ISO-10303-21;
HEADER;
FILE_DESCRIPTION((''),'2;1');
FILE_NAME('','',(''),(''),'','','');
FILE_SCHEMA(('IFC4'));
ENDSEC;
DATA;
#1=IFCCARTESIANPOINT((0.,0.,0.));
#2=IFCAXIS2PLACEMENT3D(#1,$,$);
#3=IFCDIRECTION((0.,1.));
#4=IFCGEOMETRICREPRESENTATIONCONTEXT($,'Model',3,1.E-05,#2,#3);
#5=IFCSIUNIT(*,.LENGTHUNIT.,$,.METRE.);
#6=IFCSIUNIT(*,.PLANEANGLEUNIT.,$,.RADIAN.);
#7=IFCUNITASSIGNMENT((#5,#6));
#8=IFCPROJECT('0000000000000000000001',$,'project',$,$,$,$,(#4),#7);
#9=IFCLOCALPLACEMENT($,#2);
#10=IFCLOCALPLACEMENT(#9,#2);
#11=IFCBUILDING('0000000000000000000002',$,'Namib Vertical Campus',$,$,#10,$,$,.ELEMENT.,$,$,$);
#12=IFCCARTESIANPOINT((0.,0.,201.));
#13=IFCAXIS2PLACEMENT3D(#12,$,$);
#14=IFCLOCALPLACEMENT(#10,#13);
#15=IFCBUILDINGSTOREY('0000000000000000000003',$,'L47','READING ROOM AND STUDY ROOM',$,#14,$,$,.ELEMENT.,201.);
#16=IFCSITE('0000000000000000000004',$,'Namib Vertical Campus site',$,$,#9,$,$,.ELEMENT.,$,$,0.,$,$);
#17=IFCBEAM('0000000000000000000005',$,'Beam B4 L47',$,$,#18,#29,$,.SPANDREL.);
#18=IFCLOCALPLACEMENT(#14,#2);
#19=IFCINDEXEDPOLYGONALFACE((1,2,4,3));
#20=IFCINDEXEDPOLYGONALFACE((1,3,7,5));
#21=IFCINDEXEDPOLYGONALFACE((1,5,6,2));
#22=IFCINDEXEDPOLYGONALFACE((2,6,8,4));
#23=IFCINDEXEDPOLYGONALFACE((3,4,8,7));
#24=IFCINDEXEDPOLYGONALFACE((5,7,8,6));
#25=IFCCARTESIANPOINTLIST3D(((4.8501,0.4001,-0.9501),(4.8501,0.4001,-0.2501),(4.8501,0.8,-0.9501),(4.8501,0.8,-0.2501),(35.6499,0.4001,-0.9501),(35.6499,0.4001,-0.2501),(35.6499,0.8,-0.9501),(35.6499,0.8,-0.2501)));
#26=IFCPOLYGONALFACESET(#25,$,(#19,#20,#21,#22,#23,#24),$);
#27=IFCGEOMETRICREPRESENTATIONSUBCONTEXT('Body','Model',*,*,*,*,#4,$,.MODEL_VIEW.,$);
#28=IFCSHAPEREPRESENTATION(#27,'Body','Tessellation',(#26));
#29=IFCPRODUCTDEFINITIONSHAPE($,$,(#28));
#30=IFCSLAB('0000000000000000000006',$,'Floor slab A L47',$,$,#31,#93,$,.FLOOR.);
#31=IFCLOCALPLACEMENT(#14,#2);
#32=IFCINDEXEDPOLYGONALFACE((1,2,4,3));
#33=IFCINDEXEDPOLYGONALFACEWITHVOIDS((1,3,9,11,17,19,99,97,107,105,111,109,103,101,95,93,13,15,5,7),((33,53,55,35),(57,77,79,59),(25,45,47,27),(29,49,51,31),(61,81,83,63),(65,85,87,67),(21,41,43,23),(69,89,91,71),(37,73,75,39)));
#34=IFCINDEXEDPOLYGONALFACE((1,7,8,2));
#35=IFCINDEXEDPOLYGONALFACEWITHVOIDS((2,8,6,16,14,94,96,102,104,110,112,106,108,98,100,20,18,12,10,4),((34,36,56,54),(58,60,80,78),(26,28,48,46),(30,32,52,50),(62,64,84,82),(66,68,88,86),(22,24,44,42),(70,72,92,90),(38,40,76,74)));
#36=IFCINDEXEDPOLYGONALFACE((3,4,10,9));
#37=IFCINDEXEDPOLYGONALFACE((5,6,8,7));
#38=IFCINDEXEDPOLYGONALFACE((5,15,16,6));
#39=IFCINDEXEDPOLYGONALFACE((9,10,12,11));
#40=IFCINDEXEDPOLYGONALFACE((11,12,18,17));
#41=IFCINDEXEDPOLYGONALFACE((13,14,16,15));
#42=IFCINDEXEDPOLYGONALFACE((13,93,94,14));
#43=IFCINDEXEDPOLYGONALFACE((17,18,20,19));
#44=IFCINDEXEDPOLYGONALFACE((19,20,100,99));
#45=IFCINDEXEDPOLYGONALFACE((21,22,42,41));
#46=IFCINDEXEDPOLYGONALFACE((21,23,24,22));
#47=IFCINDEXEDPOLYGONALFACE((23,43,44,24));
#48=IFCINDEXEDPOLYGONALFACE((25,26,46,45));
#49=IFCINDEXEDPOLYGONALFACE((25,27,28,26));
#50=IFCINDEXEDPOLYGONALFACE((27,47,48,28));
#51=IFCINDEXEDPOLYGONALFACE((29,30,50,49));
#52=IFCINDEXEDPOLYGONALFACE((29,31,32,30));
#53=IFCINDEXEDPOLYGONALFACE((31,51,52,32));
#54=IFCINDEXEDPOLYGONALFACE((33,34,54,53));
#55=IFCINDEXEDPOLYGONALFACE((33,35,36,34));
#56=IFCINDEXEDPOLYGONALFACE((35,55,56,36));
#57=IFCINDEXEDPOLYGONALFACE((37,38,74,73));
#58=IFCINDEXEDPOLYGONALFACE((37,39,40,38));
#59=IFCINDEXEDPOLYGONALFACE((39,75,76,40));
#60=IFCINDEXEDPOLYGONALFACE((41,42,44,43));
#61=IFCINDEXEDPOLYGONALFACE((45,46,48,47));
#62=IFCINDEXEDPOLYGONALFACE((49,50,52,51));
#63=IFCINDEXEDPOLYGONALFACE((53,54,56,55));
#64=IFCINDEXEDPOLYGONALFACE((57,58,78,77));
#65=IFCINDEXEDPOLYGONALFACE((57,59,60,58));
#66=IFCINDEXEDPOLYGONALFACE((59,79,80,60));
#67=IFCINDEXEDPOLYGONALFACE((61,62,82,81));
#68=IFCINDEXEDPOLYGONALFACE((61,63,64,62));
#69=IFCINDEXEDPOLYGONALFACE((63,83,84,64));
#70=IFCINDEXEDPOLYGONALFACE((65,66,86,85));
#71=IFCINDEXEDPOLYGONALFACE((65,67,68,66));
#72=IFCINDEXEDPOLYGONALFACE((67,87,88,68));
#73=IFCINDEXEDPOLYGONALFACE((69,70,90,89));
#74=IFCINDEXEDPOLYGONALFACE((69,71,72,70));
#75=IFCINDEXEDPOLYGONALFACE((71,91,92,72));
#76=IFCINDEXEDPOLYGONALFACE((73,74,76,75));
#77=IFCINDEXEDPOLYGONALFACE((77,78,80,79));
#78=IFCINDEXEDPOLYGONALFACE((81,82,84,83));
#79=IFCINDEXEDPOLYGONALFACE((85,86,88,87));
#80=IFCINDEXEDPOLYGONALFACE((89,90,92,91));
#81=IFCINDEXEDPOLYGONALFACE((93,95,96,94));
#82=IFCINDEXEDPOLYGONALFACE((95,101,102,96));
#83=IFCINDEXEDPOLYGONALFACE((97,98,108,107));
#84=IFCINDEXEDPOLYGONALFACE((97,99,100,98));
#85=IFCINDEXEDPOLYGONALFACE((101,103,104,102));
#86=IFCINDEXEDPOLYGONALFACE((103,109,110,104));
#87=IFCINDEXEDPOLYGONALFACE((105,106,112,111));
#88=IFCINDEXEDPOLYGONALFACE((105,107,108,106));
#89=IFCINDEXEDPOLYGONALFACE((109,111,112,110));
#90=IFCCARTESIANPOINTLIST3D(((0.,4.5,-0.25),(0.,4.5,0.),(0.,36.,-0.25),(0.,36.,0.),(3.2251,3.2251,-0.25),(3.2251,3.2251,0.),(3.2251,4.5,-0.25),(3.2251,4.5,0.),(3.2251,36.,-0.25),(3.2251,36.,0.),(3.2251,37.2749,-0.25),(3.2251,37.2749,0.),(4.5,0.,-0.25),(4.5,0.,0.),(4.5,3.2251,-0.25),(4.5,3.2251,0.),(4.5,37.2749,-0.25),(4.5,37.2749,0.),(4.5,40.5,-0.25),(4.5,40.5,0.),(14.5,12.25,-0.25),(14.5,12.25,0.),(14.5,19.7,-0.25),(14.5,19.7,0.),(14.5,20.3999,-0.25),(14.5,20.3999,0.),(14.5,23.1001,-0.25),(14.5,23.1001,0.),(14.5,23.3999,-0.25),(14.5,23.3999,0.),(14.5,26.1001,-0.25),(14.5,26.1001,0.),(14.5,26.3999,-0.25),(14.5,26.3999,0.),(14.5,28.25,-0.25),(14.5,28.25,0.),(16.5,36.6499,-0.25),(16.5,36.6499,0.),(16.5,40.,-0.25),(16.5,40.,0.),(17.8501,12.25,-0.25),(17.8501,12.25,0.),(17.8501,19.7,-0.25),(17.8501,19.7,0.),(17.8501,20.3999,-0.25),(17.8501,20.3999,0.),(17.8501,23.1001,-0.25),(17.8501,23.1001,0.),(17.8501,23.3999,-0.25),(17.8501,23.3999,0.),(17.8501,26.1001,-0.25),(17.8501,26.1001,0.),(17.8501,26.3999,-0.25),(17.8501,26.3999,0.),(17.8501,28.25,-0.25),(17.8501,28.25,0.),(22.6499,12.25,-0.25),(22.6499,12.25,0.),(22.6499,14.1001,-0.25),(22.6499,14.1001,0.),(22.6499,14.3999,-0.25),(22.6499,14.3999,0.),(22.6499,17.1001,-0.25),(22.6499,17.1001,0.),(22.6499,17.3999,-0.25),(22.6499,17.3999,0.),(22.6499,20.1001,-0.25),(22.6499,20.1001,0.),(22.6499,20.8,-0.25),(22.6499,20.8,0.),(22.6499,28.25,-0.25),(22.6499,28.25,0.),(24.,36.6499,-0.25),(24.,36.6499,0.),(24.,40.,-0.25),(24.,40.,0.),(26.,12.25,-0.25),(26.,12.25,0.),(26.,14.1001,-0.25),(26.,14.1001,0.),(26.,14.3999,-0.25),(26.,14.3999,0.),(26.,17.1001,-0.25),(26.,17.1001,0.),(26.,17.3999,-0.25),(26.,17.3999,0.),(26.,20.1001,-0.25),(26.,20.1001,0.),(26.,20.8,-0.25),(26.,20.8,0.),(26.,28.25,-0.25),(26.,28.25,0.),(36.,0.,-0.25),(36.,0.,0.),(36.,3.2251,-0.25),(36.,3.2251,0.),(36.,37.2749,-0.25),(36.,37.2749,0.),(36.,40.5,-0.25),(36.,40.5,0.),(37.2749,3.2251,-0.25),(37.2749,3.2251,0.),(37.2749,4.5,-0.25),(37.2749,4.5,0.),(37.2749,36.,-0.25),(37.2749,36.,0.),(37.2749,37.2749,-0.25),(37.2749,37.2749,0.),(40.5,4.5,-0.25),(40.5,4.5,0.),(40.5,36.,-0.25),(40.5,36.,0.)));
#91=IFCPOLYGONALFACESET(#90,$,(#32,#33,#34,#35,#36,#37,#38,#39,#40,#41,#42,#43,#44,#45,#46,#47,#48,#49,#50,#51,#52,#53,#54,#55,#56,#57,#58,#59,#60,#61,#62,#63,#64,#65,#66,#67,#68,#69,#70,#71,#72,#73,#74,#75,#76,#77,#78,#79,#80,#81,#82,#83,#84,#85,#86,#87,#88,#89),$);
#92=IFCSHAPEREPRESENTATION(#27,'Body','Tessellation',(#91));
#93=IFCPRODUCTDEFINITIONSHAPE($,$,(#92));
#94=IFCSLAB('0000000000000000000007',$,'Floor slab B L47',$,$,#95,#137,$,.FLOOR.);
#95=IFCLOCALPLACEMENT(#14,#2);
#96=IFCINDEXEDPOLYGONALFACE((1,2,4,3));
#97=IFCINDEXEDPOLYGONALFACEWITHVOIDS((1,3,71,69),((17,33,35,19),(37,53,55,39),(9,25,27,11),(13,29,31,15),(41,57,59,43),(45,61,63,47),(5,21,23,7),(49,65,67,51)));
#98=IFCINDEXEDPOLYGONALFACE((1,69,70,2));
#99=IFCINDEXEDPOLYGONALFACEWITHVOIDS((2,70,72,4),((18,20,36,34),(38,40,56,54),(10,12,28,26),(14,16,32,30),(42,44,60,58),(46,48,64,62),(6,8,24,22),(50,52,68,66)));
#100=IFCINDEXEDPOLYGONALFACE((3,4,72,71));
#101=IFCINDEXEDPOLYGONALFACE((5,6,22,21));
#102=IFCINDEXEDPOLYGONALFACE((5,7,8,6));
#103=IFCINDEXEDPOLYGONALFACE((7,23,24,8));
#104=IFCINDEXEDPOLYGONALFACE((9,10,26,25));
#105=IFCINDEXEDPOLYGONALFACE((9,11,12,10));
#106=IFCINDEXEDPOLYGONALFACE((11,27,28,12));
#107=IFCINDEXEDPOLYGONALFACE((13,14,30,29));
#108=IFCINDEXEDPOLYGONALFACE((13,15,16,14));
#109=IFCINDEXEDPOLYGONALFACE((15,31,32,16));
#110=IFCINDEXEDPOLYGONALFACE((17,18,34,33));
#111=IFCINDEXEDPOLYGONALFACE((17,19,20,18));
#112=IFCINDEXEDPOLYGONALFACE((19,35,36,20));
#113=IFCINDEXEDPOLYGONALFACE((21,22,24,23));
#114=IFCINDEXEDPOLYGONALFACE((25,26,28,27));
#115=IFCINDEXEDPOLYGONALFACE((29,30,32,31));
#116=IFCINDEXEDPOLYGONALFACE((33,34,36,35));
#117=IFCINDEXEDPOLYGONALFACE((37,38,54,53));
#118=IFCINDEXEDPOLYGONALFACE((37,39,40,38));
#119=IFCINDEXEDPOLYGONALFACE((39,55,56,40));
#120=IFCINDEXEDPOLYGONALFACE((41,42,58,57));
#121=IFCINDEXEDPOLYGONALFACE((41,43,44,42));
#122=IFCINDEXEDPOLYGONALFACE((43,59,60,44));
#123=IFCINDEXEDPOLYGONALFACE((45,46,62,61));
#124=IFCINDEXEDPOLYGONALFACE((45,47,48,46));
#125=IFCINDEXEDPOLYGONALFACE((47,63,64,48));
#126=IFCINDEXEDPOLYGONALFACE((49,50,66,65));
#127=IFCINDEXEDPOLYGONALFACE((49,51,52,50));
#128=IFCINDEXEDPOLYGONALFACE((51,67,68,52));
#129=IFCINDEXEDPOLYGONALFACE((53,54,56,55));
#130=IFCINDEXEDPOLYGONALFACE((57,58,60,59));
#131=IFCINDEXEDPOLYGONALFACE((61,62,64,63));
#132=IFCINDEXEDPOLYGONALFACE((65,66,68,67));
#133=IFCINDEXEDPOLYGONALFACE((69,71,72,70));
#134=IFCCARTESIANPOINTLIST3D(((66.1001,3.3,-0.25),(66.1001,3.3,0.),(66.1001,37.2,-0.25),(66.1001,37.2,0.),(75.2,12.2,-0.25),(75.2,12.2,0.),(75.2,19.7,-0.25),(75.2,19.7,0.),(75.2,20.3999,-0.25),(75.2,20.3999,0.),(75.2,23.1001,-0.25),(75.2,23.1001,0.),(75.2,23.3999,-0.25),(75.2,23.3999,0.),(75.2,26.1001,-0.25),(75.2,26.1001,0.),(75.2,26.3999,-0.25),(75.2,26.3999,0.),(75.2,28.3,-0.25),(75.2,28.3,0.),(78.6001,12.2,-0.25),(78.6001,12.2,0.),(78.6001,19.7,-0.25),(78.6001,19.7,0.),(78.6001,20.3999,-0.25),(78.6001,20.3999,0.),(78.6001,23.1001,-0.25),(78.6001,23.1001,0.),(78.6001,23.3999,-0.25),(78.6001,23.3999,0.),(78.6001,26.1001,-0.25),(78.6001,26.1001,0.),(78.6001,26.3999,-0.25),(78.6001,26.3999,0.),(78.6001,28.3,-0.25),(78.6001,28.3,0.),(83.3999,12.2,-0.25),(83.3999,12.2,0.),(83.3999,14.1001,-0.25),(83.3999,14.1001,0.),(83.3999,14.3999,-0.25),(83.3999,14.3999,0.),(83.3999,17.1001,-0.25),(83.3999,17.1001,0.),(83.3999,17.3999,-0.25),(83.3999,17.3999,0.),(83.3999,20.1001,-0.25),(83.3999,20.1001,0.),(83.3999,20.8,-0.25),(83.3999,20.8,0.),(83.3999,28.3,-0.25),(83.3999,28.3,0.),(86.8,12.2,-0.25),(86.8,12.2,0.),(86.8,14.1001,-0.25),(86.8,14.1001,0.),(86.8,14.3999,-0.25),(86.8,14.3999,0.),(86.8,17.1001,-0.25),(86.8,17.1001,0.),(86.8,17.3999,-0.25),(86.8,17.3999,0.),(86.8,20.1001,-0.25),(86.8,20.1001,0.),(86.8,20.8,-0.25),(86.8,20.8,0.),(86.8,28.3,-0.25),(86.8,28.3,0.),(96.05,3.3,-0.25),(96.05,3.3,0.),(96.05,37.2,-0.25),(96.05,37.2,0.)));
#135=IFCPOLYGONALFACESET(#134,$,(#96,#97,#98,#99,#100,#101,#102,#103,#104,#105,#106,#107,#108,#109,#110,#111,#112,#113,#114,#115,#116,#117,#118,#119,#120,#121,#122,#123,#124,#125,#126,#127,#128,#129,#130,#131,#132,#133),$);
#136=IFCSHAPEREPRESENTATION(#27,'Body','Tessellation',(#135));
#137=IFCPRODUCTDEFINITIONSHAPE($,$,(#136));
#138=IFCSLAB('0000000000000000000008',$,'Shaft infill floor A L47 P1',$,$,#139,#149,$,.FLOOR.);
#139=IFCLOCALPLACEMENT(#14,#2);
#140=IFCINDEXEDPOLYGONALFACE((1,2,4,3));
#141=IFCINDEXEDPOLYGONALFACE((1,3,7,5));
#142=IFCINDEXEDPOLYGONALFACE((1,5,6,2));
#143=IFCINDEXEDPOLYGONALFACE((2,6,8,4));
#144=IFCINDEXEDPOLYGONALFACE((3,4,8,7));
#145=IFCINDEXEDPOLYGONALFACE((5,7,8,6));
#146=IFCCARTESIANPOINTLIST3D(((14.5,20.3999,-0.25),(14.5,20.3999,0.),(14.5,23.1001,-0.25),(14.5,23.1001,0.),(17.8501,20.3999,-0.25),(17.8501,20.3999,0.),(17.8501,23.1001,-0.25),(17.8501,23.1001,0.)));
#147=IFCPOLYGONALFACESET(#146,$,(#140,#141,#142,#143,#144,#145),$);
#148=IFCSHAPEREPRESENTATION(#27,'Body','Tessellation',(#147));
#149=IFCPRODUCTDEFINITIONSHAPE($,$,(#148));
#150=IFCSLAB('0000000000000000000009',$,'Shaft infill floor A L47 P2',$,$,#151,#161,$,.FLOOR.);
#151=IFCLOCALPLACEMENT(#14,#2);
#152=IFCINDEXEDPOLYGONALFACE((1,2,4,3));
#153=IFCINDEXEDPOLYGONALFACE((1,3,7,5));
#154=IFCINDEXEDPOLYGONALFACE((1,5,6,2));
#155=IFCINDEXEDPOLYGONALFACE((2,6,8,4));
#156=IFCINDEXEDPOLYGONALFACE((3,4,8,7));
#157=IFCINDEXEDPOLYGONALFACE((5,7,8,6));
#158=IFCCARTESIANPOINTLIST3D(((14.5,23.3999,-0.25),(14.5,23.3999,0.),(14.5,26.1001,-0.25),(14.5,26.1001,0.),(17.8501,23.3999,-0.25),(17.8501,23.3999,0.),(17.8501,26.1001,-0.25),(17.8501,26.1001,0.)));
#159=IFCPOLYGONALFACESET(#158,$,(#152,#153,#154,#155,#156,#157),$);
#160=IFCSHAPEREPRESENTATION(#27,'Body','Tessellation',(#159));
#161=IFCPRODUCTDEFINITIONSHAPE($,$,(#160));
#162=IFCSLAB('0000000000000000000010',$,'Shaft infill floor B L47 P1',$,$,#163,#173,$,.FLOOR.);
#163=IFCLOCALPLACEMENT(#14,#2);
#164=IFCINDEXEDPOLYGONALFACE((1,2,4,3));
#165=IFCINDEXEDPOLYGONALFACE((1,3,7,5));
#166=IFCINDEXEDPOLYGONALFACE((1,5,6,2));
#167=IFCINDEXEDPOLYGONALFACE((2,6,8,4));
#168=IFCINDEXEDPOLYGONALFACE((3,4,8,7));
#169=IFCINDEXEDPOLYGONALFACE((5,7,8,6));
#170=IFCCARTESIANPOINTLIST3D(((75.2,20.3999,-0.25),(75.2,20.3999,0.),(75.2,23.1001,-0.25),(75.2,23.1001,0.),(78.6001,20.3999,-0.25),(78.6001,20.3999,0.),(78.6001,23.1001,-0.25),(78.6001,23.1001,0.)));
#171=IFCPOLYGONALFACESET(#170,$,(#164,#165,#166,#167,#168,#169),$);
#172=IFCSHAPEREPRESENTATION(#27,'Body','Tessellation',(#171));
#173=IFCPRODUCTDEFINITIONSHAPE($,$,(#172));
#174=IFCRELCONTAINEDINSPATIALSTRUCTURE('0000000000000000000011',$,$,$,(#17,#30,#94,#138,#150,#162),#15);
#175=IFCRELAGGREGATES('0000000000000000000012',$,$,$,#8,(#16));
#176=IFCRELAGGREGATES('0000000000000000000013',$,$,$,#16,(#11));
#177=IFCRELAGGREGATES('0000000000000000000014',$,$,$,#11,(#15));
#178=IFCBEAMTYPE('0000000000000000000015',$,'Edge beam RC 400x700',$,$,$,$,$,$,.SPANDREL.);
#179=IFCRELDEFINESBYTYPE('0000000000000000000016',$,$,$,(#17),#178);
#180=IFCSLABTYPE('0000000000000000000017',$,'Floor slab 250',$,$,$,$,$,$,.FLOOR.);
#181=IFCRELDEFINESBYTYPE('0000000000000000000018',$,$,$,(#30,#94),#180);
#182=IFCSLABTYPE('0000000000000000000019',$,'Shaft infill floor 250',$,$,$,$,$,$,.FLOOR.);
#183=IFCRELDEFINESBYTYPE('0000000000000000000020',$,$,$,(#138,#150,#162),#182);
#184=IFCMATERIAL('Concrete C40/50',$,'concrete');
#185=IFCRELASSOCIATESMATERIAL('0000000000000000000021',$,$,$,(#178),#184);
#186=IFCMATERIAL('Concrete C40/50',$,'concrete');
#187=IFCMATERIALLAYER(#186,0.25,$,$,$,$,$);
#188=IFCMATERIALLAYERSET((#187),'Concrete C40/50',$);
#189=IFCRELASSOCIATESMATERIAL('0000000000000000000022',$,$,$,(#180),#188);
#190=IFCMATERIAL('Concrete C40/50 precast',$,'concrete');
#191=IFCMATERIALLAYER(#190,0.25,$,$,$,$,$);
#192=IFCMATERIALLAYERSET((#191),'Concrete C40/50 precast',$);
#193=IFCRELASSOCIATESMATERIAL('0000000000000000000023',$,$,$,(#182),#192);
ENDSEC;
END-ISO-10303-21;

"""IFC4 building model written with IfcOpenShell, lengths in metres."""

from ifc_helpers import new_model, si_unit, direction, frame, origin, origin_2d, place, context, subcontext, project, spatial, polyline, rectangle, outline, extrude, material, layer, layer_set, material_profile, profile_set, type_object, element, save


model = new_model("IFC4")

# Units and contexts
model_context = context("Model", 3, precision=1e-05, world=origin(), true_north=direction((0.0, 1.0)))
body_context = subcontext(model_context, "Body", "Model", "MODEL_VIEW")
ifc_project = project(units=[si_unit("LENGTHUNIT", "METRE"), si_unit("PLANEANGLEUNIT", "RADIAN")], contexts=[model_context])

# Site, building, storey
site_placement = place(None, origin())
site = spatial("IfcSite", under=ifc_project, at=site_placement, Name="Namib Vertical Campus site", CompositionType="ELEMENT", RefElevation=0.0)
building_placement = place(site_placement, origin())
building = spatial("IfcBuilding", under=site, at=building_placement, Name="Namib Vertical Campus", CompositionType="ELEMENT")
storey_placement = place(building_placement, frame((0.0, 0.0, 201.0)))
storey = spatial("IfcBuildingStorey", under=building, at=storey_placement, Name="L47", Description="READING ROOM AND STUDY ROOM", CompositionType="ELEMENT", Elevation=201.0)

# Beam
ifc_material_1 = material(Name="Concrete C40/50", Category="concrete")
ifc_material_profile = material_profile(ifc_material_1, rectangle(XDim=0.3999, YDim=0.7, at=origin_2d()))
ifc_profile_set = profile_set([ifc_material_profile], Name="Concrete C40/50")
beam_type = type_object("IfcBeamType", Name="Edge beam RC 400x700", PredefinedType="SPANDREL", material=ifc_profile_set)
beam_placement = place(storey_placement, frame((4.8501, 0.6001, -0.6001), z_axis=(1.0, 0.0, 0.0), x_axis=(0.0, 1.0, 0.0)))
element("IfcBeam", 1, at=beam_placement, inside=storey, type_object=beam_type, Name="Beam B4 L47", PredefinedType="SPANDREL", context=body_context, shape_type="SweptSolid", body=[
    extrude(rectangle(XDim=0.3999, YDim=0.7, at=origin_2d()), origin(), (0.0, 0.0, 1.0), 30.7998),
])

# Slabs
ifc_material_2 = material(Name="Concrete C40/50", Category="concrete")
ifc_layer_1 = layer(ifc_material_2, 0.25)
ifc_layer_set_1 = layer_set([ifc_layer_1], Name="Concrete C40/50")
slab_type_1 = type_object("IfcSlabType", Name="Floor slab 250", PredefinedType="FLOOR", material=ifc_layer_set_1)
slab_1_placement = place(storey_placement, frame((0.0, 0.0, -0.25)))
element("IfcSlab", 2, at=slab_1_placement, inside=storey, type_object=slab_type_1, Name="Floor slab A L47", PredefinedType="FLOOR", context=body_context, shape_type="SweptSolid", body=[
    extrude(outline(polyline([(4.5, 0.0), (36.0, 0.0), (36.0, 3.2251), (37.2749, 3.2251), (37.2749, 4.5), (40.5, 4.5), (40.5, 36.0), (37.2749, 36.0), (37.2749, 37.2749), (36.0, 37.2749), (36.0, 40.5), (4.5, 40.5), (4.5, 37.2749), (3.2251, 37.2749), (3.2251, 36.0), (0.0, 36.0), (0.0, 4.5), (3.2251, 4.5), (3.2251, 3.2251), (4.5, 3.2251), (4.5, 0.0)]), holes=[polyline([(14.5, 12.25), (17.8501, 12.25), (17.8501, 19.7), (14.5, 19.7), (14.5, 12.25)]), polyline([(22.6499, 20.8), (26.0, 20.8), (26.0, 28.25), (22.6499, 28.25), (22.6499, 20.8)]), polyline([(22.6499, 12.25), (26.0, 12.25), (26.0, 14.1001), (22.6499, 14.1001), (22.6499, 12.25)]), polyline([(14.5, 20.3999), (17.8501, 20.3999), (17.8501, 23.1001), (14.5, 23.1001), (14.5, 20.3999)]), polyline([(14.5, 23.3999), (17.8501, 23.3999), (17.8501, 26.1001), (14.5, 26.1001), (14.5, 23.3999)]), polyline([(14.5, 26.3999), (17.8501, 26.3999), (17.8501, 28.25), (14.5, 28.25), (14.5, 26.3999)]), polyline([(22.6499, 14.3999), (26.0, 14.3999), (26.0, 17.1001), (22.6499, 17.1001), (22.6499, 14.3999)]), polyline([(22.6499, 17.3999), (26.0, 17.3999), (26.0, 20.1001), (22.6499, 20.1001), (22.6499, 17.3999)]), polyline([(16.5, 36.6499), (24.0, 36.6499), (24.0, 40.0), (16.5, 40.0), (16.5, 36.6499)])]), origin(), (0.0, 0.0, 1.0), 0.25),
])
slab_2_placement = place(storey_placement, frame((0.0, 0.0, -0.25)))
element("IfcSlab", 3, at=slab_2_placement, inside=storey, type_object=slab_type_1, Name="Floor slab B L47", PredefinedType="FLOOR", context=body_context, shape_type="SweptSolid", body=[
    extrude(outline(polyline([(66.1001, 3.3), (96.05, 3.3), (96.05, 37.2), (66.1001, 37.2), (66.1001, 3.3)]), holes=[polyline([(75.2, 12.2), (78.6001, 12.2), (78.6001, 19.7), (75.2, 19.7), (75.2, 12.2)]), polyline([(83.3999, 20.8), (86.8, 20.8), (86.8, 28.3), (83.3999, 28.3), (83.3999, 20.8)]), polyline([(83.3999, 12.2), (86.8, 12.2), (86.8, 14.1001), (83.3999, 14.1001), (83.3999, 12.2)]), polyline([(75.2, 20.3999), (78.6001, 20.3999), (78.6001, 23.1001), (75.2, 23.1001), (75.2, 20.3999)]), polyline([(75.2, 23.3999), (78.6001, 23.3999), (78.6001, 26.1001), (75.2, 26.1001), (75.2, 23.3999)]), polyline([(75.2, 26.3999), (78.6001, 26.3999), (78.6001, 28.3), (75.2, 28.3), (75.2, 26.3999)]), polyline([(83.3999, 14.3999), (86.8, 14.3999), (86.8, 17.1001), (83.3999, 17.1001), (83.3999, 14.3999)]), polyline([(83.3999, 17.3999), (86.8, 17.3999), (86.8, 20.1001), (83.3999, 20.1001), (83.3999, 17.3999)])]), origin(), (0.0, 0.0, 1.0), 0.25),
])
ifc_material_3 = material(Name="Concrete C40/50 precast", Category="concrete")
ifc_layer_2 = layer(ifc_material_3, 0.25)
ifc_layer_set_2 = layer_set([ifc_layer_2], Name="Concrete C40/50 precast")
slab_type_2 = type_object("IfcSlabType", Name="Shaft infill floor 250", PredefinedType="FLOOR", material=ifc_layer_set_2)
slab_3_placement = place(storey_placement, frame((0.0, 0.0, -0.25)))
element("IfcSlab", 4, at=slab_3_placement, inside=storey, type_object=slab_type_2, Name="Shaft infill floor A L47 P1", PredefinedType="FLOOR", context=body_context, shape_type="SweptSolid", body=[
    extrude(outline(polyline([(14.5, 20.3999), (17.8501, 20.3999), (17.8501, 23.1001), (14.5, 23.1001), (14.5, 20.3999)])), origin(), (0.0, 0.0, 1.0), 0.25),
])
slab_4_placement = place(storey_placement, frame((0.0, 0.0, -0.25)))
element("IfcSlab", 5, at=slab_4_placement, inside=storey, type_object=slab_type_2, Name="Shaft infill floor A L47 P2", PredefinedType="FLOOR", context=body_context, shape_type="SweptSolid", body=[
    extrude(outline(polyline([(14.5, 23.3999), (17.8501, 23.3999), (17.8501, 26.1001), (14.5, 26.1001), (14.5, 23.3999)])), origin(), (0.0, 0.0, 1.0), 0.25),
])
slab_5_placement = place(storey_placement, frame((0.0, 0.0, -0.25)))
element("IfcSlab", 6, at=slab_5_placement, inside=storey, type_object=slab_type_2, Name="Shaft infill floor B L47 P1", PredefinedType="FLOOR", context=body_context, shape_type="SweptSolid", body=[
    extrude(outline(polyline([(75.2, 20.3999), (78.6001, 20.3999), (78.6001, 23.1001), (75.2, 23.1001), (75.2, 20.3999)])), origin(), (0.0, 0.0, 1.0), 0.25),
])

save(model, "model.ifc")
